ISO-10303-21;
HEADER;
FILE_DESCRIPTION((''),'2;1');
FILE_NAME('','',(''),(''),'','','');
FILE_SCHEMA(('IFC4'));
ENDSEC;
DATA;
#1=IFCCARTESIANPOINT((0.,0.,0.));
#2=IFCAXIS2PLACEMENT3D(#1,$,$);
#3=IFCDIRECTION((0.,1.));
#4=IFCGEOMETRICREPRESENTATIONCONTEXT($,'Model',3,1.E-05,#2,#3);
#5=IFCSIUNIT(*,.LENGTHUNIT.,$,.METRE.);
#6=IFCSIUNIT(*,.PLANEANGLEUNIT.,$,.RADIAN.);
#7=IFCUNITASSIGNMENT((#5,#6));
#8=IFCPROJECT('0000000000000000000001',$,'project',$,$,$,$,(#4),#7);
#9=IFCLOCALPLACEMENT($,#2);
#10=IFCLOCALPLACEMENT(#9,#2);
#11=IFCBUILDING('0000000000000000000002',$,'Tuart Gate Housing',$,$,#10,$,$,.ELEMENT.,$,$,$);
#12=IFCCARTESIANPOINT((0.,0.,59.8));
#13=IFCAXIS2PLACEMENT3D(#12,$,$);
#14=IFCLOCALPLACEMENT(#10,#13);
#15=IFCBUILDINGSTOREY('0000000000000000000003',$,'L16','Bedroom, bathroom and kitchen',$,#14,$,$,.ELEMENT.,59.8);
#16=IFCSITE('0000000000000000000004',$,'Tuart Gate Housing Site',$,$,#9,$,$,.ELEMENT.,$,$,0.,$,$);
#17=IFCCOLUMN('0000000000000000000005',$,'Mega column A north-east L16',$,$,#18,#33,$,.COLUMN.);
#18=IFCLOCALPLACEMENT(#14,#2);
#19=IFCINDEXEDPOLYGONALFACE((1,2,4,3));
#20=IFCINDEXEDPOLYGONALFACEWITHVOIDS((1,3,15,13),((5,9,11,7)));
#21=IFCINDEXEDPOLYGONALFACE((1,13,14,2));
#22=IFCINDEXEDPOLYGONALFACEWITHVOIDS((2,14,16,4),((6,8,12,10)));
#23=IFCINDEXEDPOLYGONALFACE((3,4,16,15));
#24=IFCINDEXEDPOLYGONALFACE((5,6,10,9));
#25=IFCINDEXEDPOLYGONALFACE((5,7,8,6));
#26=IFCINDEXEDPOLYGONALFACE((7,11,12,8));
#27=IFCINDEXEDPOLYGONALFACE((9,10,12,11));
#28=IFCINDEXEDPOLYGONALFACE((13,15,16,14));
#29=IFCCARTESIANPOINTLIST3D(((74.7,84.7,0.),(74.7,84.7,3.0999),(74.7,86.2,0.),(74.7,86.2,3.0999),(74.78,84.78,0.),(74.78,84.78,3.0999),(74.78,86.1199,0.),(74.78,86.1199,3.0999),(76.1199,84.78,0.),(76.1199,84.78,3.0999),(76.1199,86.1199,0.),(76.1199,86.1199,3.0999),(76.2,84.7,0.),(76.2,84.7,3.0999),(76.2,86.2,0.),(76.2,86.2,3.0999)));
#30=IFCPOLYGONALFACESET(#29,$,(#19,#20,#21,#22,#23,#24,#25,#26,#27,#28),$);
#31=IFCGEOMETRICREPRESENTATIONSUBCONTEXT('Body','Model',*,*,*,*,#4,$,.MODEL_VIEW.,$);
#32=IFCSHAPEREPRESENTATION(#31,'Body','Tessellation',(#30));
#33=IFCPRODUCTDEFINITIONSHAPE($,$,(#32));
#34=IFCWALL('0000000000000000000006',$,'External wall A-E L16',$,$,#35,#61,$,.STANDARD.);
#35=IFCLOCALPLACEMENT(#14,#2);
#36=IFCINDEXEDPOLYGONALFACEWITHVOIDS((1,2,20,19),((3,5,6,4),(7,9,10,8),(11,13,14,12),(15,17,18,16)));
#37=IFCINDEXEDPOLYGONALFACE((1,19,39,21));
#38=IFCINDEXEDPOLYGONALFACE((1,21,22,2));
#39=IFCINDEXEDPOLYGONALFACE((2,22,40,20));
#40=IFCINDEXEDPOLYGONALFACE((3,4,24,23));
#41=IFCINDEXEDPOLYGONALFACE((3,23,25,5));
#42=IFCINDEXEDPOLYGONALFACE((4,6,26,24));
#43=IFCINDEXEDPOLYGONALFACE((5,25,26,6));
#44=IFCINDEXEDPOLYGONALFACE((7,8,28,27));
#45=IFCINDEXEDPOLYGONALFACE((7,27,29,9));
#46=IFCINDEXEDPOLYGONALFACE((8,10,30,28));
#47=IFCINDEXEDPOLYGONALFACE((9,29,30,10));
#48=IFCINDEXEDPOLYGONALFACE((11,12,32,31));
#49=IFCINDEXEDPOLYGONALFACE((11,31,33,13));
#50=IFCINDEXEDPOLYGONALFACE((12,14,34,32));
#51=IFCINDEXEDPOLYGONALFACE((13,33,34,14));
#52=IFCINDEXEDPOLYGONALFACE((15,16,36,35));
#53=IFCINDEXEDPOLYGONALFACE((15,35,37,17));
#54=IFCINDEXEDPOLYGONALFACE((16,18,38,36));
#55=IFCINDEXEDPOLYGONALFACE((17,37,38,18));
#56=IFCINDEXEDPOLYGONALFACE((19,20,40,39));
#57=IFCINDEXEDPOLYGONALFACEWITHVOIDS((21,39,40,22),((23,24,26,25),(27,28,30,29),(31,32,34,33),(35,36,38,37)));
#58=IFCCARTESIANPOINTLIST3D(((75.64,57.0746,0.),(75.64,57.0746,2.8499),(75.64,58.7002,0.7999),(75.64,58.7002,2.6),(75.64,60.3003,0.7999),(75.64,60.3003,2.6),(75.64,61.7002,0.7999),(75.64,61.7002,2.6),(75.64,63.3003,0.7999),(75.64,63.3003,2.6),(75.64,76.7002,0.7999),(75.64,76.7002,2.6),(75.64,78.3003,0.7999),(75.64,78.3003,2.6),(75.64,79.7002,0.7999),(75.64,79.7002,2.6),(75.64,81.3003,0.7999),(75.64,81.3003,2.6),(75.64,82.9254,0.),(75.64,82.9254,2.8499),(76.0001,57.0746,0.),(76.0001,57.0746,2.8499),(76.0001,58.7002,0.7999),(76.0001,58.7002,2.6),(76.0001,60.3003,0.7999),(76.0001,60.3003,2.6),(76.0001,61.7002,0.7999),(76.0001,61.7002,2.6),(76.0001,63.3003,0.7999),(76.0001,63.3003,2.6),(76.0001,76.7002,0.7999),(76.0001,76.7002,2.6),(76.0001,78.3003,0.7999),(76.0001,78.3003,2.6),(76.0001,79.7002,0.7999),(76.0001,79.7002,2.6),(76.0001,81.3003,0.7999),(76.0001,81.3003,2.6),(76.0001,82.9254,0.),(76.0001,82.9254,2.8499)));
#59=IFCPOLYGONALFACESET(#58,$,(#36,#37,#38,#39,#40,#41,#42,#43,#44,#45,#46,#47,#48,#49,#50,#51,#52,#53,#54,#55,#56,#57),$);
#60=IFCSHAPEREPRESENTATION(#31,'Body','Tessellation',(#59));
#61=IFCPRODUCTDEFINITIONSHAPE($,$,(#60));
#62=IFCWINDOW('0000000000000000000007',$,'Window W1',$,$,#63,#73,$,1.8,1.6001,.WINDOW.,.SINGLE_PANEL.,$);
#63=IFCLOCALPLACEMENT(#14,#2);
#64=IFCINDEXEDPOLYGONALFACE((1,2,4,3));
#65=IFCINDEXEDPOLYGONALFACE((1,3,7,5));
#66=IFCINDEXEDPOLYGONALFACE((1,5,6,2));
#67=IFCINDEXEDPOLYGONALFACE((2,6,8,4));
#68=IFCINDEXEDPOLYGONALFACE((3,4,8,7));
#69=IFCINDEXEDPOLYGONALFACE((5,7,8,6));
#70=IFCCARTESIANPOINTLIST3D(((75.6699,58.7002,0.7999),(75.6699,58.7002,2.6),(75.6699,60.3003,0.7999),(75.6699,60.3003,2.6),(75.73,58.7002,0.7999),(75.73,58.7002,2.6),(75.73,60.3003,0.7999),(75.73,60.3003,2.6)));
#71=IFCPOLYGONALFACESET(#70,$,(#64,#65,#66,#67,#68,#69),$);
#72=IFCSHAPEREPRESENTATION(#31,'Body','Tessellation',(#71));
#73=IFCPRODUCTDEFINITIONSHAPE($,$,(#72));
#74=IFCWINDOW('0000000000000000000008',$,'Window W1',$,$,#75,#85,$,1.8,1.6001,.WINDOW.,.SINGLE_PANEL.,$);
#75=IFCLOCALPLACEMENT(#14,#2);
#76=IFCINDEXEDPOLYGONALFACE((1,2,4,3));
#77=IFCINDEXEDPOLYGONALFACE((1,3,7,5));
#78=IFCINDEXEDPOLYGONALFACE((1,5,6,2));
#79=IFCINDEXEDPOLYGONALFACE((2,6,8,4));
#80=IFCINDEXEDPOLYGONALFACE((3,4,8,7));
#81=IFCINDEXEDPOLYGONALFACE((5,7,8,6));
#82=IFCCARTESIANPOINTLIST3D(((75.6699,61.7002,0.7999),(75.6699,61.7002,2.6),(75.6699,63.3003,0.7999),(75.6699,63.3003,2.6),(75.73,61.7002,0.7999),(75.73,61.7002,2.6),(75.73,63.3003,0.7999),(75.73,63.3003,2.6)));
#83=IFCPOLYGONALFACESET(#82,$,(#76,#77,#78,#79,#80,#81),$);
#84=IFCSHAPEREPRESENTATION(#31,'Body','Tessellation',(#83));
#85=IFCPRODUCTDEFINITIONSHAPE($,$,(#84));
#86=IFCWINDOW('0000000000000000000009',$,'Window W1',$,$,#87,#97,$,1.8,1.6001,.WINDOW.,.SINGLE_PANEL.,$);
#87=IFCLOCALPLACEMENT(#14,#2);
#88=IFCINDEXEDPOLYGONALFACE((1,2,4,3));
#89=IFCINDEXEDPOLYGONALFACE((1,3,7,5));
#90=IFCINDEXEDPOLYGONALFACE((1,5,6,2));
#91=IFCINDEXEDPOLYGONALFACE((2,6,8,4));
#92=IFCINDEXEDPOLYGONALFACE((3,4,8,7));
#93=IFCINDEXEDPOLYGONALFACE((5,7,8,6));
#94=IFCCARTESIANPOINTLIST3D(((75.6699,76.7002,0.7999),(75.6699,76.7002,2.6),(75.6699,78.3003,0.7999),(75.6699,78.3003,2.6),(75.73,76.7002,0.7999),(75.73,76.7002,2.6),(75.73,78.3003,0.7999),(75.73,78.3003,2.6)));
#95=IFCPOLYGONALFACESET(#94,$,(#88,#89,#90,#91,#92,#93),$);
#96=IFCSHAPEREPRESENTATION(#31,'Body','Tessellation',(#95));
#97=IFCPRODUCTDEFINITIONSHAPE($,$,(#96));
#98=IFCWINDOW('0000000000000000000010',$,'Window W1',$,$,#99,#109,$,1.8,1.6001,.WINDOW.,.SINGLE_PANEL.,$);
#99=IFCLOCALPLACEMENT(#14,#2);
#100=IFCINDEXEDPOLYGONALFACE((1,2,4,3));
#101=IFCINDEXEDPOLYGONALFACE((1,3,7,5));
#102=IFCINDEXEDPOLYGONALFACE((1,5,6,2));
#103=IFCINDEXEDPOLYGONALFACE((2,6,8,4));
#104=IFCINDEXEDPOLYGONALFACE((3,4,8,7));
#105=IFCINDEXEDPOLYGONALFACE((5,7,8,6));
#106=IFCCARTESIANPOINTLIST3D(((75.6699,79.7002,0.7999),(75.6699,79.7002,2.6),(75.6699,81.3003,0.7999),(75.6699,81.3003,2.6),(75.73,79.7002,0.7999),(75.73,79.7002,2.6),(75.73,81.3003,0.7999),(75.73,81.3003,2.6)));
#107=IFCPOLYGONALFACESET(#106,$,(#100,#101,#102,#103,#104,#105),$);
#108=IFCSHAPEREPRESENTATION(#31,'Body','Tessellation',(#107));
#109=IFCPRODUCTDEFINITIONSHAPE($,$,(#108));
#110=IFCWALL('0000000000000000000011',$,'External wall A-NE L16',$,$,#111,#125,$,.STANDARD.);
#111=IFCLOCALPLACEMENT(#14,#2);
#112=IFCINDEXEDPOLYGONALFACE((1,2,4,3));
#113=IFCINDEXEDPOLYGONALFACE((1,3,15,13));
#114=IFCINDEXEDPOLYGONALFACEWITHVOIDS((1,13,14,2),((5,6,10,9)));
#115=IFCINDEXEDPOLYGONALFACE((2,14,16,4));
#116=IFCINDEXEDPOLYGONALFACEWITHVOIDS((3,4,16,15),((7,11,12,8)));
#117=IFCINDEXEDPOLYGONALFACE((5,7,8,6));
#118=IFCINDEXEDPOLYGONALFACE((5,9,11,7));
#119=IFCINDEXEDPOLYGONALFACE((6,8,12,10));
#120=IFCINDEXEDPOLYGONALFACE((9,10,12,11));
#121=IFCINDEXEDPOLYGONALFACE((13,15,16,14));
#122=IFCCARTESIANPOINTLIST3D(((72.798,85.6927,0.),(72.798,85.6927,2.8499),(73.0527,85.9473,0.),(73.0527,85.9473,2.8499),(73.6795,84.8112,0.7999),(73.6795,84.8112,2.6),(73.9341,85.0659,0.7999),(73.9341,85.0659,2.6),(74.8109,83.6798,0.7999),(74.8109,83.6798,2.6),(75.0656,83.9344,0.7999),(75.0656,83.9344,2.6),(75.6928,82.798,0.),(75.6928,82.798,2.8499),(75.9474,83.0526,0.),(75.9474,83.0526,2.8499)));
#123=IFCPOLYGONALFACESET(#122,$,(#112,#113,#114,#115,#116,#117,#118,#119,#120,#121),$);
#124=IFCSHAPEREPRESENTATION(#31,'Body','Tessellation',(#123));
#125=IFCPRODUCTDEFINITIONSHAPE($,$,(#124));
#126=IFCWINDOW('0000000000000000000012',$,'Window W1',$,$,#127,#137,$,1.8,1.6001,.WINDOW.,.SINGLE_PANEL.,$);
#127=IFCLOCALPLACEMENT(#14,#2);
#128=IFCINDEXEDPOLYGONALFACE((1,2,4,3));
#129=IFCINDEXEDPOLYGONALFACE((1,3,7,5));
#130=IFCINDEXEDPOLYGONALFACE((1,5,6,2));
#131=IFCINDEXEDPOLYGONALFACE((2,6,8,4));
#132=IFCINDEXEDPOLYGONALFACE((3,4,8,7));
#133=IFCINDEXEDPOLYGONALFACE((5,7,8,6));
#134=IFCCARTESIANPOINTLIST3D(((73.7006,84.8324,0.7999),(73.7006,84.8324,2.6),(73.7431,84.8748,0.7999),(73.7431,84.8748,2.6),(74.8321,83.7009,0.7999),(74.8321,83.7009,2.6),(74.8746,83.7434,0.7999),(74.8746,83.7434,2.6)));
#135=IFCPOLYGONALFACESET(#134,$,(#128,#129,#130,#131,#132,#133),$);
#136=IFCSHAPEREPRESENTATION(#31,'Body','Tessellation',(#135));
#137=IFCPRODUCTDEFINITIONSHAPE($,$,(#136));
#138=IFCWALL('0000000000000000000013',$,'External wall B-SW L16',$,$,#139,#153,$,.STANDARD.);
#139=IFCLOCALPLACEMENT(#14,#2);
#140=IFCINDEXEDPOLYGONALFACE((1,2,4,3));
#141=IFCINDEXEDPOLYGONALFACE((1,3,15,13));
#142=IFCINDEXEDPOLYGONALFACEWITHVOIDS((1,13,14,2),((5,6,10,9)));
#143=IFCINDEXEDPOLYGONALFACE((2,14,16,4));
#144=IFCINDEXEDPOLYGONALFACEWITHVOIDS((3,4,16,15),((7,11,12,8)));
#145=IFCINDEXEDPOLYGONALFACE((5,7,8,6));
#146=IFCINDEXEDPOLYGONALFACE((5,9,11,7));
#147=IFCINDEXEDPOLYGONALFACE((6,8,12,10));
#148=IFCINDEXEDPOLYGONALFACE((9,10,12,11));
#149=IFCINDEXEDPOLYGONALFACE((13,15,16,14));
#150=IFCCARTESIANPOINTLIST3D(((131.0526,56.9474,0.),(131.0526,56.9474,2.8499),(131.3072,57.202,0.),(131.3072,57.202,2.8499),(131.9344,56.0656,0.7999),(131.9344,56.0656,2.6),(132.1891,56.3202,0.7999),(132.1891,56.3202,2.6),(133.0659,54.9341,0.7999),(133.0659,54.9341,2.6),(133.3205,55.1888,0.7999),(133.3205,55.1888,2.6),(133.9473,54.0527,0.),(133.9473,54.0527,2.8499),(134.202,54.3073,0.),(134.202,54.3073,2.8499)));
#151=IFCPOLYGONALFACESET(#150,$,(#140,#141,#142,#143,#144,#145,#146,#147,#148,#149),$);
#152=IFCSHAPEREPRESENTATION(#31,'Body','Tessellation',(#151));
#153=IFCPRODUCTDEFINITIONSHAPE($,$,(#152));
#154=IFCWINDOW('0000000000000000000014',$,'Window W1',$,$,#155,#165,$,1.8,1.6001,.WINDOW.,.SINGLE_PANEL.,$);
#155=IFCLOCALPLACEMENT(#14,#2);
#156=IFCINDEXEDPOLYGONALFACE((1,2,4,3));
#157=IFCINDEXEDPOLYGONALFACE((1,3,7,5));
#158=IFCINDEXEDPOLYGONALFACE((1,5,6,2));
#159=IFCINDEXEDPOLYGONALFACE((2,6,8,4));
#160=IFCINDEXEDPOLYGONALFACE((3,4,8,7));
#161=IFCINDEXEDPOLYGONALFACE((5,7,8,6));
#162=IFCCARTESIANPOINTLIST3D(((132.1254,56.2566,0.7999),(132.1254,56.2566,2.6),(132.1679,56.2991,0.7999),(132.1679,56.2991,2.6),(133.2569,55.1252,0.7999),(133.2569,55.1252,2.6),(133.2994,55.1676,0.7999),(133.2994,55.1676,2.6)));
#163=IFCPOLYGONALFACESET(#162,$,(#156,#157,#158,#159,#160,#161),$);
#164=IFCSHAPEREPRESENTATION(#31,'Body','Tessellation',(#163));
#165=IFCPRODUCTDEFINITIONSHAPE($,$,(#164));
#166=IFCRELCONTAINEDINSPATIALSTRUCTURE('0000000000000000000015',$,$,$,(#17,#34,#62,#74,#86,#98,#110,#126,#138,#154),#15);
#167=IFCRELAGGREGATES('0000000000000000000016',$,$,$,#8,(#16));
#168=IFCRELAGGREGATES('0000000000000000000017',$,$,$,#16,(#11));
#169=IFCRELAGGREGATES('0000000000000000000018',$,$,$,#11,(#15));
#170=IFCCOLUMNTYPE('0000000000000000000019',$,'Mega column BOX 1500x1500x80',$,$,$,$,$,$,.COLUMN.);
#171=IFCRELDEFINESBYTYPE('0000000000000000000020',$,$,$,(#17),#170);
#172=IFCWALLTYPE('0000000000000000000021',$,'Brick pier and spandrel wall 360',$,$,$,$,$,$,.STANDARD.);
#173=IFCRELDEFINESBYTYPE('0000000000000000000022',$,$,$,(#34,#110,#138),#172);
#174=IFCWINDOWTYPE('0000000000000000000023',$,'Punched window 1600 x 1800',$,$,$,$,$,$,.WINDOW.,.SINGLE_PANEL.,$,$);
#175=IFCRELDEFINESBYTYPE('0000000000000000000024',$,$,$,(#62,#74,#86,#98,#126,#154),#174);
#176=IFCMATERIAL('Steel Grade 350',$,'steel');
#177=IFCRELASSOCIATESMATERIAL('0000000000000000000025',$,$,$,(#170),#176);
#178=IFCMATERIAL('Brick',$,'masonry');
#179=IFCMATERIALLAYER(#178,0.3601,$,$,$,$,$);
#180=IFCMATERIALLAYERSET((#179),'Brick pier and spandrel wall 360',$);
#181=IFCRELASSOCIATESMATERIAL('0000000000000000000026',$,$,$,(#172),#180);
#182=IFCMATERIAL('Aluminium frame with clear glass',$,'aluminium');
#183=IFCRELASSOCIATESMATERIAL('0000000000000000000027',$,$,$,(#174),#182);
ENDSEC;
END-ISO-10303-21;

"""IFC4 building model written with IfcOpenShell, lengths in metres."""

from ifc_helpers import new_model, si_unit, direction, frame, frame_2d, origin, origin_2d, place, context, subcontext, project, spatial, rectangle, hollow_rectangle, extrude, material, layer, layer_set, material_profile, profile_set, type_object, element, fill, save


model = new_model("IFC4")

# Units and contexts
model_context = context("Model", 3, precision=1e-05, world=origin(), true_north=direction((0.0, 1.0)))
body_context = subcontext(model_context, "Body", "Model", "MODEL_VIEW")
ifc_project = project(units=[si_unit("LENGTHUNIT", "METRE"), si_unit("PLANEANGLEUNIT", "RADIAN")], contexts=[model_context])

# Site, building, storey
site_placement = place(None, origin())
site = spatial("IfcSite", under=ifc_project, at=site_placement, Name="Tuart Gate Housing Site", CompositionType="ELEMENT", RefElevation=0.0)
building_placement = place(site_placement, origin())
building = spatial("IfcBuilding", under=site, at=building_placement, Name="Tuart Gate Housing", CompositionType="ELEMENT")
storey_placement = place(building_placement, frame((0.0, 0.0, 59.8)))
storey = spatial("IfcBuildingStorey", under=building, at=storey_placement, Name="L16", Description="Bedroom, bathroom and kitchen", CompositionType="ELEMENT", Elevation=59.8)

# Column
ifc_material_1 = material(Name="Steel Grade 350", Category="steel")
ifc_material_profile = material_profile(ifc_material_1, hollow_rectangle(XDim=1.5, YDim=1.5, WallThickness=0.0801, at=origin_2d()), Name="BOX 1500x1500x80")
ifc_profile_set = profile_set([ifc_material_profile], Name="Steel Grade 350")
column_type = type_object("IfcColumnType", Name="Mega column BOX 1500x1500x80", PredefinedType="COLUMN", material=ifc_profile_set)
column_placement = place(storey_placement, frame((75.45, 85.45, 0.0), z_axis=(0.0, 0.0, 1.0), x_axis=(1.0, 0.0, 0.0)))
element("IfcColumn", 1, at=column_placement, inside=storey, type_object=column_type, Name="Mega column A north-east L16", PredefinedType="COLUMN", context=body_context, shape_type="SweptSolid", body=[
    extrude(hollow_rectangle(XDim=1.5, YDim=1.5, WallThickness=0.0801, at=origin_2d()), origin(), (0.0, 0.0, 1.0), 3.0999),
])

# Wall, openings, windows
ifc_material_2 = material(Name="Brick", Category="masonry")
ifc_layer_1 = layer(ifc_material_2, 0.3601)
ifc_layer_set_1 = layer_set([ifc_layer_1], Name="Brick pier and spandrel wall 360")
wall_type_1 = type_object("IfcWallType", Name="Brick pier and spandrel wall 360", PredefinedType="STANDARD", material=ifc_layer_set_1)
wall_1_placement = place(storey_placement, frame((75.8201, 57.0747, 0.0), z_axis=(0.0, 0.0, 1.0), x_axis=(0.0, 1.0, 0.0)))
wall_1 = element("IfcWall", 2, at=wall_1_placement, inside=storey, type_object=wall_type_1, Name="External wall A-E L16", PredefinedType="STANDARD", context=body_context, shape_type="SweptSolid", body=[
    extrude(rectangle(XDim=25.8508, YDim=0.3601, at=frame_2d((12.9253, 0.0))), origin(), (0.0, 0.0, 1.0), 2.8499),
])
opening_1_placement = place(wall_1_placement, frame((1.6255, 0.0, 0.8)))
opening_1 = element("IfcOpeningElement", 3, at=opening_1_placement, cuts=wall_1, PredefinedType="OPENING", context=body_context, shape_type="SweptSolid", body=[
    extrude(rectangle(XDim=1.6001, YDim=1.8, at=frame_2d((0.8, 0.8999))), frame((0.0, 0.1899, 0.0), z_axis=(0.0, -1.0, 0.0), x_axis=(1.0, 0.0, 0.0)), (0.0, 0.0, 1.0), 0.3801),
])
opening_2_placement = place(wall_1_placement, frame((4.6255, 0.0, 0.8)))
opening_2 = element("IfcOpeningElement", 4, at=opening_2_placement, cuts=wall_1, PredefinedType="OPENING", context=body_context, shape_type="SweptSolid", body=[
    extrude(rectangle(XDim=1.6001, YDim=1.8, at=frame_2d((0.8, 0.8999))), frame((0.0, 0.1899, 0.0), z_axis=(0.0, -1.0, 0.0), x_axis=(1.0, 0.0, 0.0)), (0.0, 0.0, 1.0), 0.3801),
])
opening_3_placement = place(wall_1_placement, frame((19.6255, 0.0, 0.8)))
opening_3 = element("IfcOpeningElement", 5, at=opening_3_placement, cuts=wall_1, PredefinedType="OPENING", context=body_context, shape_type="SweptSolid", body=[
    extrude(rectangle(XDim=1.6001, YDim=1.8, at=frame_2d((0.8, 0.8999))), frame((0.0, 0.1899, 0.0), z_axis=(0.0, -1.0, 0.0), x_axis=(1.0, 0.0, 0.0)), (0.0, 0.0, 1.0), 0.3801),
])
opening_4_placement = place(wall_1_placement, frame((22.6255, 0.0, 0.8)))
opening_4 = element("IfcOpeningElement", 6, at=opening_4_placement, cuts=wall_1, PredefinedType="OPENING", context=body_context, shape_type="SweptSolid", body=[
    extrude(rectangle(XDim=1.6001, YDim=1.8, at=frame_2d((0.8, 0.8999))), frame((0.0, 0.1899, 0.0), z_axis=(0.0, -1.0, 0.0), x_axis=(1.0, 0.0, 0.0)), (0.0, 0.0, 1.0), 0.3801),
])
ifc_material_3 = material(Name="Aluminium frame with clear glass", Category="aluminium")
window_type = type_object("IfcWindowType", Name="Punched window 1600 x 1800", PartitioningType="SINGLE_PANEL", PredefinedType="WINDOW", material=ifc_material_3)
window_1_placement = place(opening_1_placement, origin())
window_1 = element("IfcWindow", 7, at=window_1_placement, inside=storey, type_object=window_type, Name="Window W1", OverallHeight=1.8, OverallWidth=1.6001, PartitioningType="SINGLE_PANEL", PredefinedType="WINDOW", context=body_context, shape_type="SweptSolid", body=[
    extrude(rectangle(XDim=1.6001, YDim=1.8, at=frame_2d((0.8, 0.8999))), frame((0.0, 0.1501, 0.0), z_axis=(0.0, -1.0, 0.0), x_axis=(1.0, 0.0, 0.0)), (0.0, 0.0, 1.0), 0.0601),
])
fill(opening_1, window_1)
window_2_placement = place(opening_2_placement, origin())
window_2 = element("IfcWindow", 8, at=window_2_placement, inside=storey, type_object=window_type, Name="Window W1", OverallHeight=1.8, OverallWidth=1.6001, PartitioningType="SINGLE_PANEL", PredefinedType="WINDOW", context=body_context, shape_type="SweptSolid", body=[
    extrude(rectangle(XDim=1.6001, YDim=1.8, at=frame_2d((0.8, 0.8999))), frame((0.0, 0.1501, 0.0), z_axis=(0.0, -1.0, 0.0), x_axis=(1.0, 0.0, 0.0)), (0.0, 0.0, 1.0), 0.0601),
])
fill(opening_2, window_2)
window_3_placement = place(opening_3_placement, origin())
window_3 = element("IfcWindow", 9, at=window_3_placement, inside=storey, type_object=window_type, Name="Window W1", OverallHeight=1.8, OverallWidth=1.6001, PartitioningType="SINGLE_PANEL", PredefinedType="WINDOW", context=body_context, shape_type="SweptSolid", body=[
    extrude(rectangle(XDim=1.6001, YDim=1.8, at=frame_2d((0.8, 0.8999))), frame((0.0, 0.1501, 0.0), z_axis=(0.0, -1.0, 0.0), x_axis=(1.0, 0.0, 0.0)), (0.0, 0.0, 1.0), 0.0601),
])
fill(opening_3, window_3)
window_4_placement = place(opening_4_placement, origin())
window_4 = element("IfcWindow", 10, at=window_4_placement, inside=storey, type_object=window_type, Name="Window W1", OverallHeight=1.8, OverallWidth=1.6001, PartitioningType="SINGLE_PANEL", PredefinedType="WINDOW", context=body_context, shape_type="SweptSolid", body=[
    extrude(rectangle(XDim=1.6001, YDim=1.8, at=frame_2d((0.8, 0.8999))), frame((0.0, 0.1501, 0.0), z_axis=(0.0, -1.0, 0.0), x_axis=(1.0, 0.0, 0.0)), (0.0, 0.0, 1.0), 0.0601),
])
fill(opening_4, window_4)

# Walls, openings, windows
wall_2_placement = place(storey_placement, frame((75.8201, 82.9253, 0.0), z_axis=(0.0, 0.0, 1.0), x_axis=(-0.707107, 0.707107, 0.0)))
wall_2 = element("IfcWall", 11, at=wall_2_placement, inside=storey, type_object=wall_type_1, Name="External wall A-NE L16", PredefinedType="STANDARD", context=body_context, shape_type="SweptSolid", body=[
    extrude(rectangle(XDim=4.0938, YDim=0.3601, at=frame_2d((2.0469, 0.0))), origin(), (0.0, 0.0, 1.0), 2.8499),
])
opening_5_placement = place(wall_2_placement, frame((1.2471, 0.0, 0.8)))
opening_5 = element("IfcOpeningElement", 12, at=opening_5_placement, cuts=wall_2, PredefinedType="OPENING", context=body_context, shape_type="SweptSolid", body=[
    extrude(rectangle(XDim=1.6001, YDim=1.8, at=frame_2d((0.8, 0.8999))), frame((0.0, 0.1899, 0.0), z_axis=(0.0, -1.0, 0.0), x_axis=(1.0, 0.0, 0.0)), (0.0, 0.0, 1.0), 0.3801),
])
window_5_placement = place(opening_5_placement, origin())
window_5 = element("IfcWindow", 13, at=window_5_placement, inside=storey, type_object=window_type, Name="Window W1", OverallHeight=1.8, OverallWidth=1.6001, PartitioningType="SINGLE_PANEL", PredefinedType="WINDOW", context=body_context, shape_type="SweptSolid", body=[
    extrude(rectangle(XDim=1.6001, YDim=1.8, at=frame_2d((0.8, 0.8999))), frame((0.0, 0.1501, 0.0), z_axis=(0.0, -1.0, 0.0), x_axis=(1.0, 0.0, 0.0)), (0.0, 0.0, 1.0), 0.0601),
])
fill(opening_5, window_5)
wall_3_placement = place(storey_placement, frame((131.1799, 57.0747, 0.0), z_axis=(0.0, 0.0, 1.0), x_axis=(0.707107, -0.707107, 0.0)))
wall_3 = element("IfcWall", 14, at=wall_3_placement, inside=storey, type_object=wall_type_1, Name="External wall B-SW L16", PredefinedType="STANDARD", context=body_context, shape_type="SweptSolid", body=[
    extrude(rectangle(XDim=4.0938, YDim=0.3601, at=frame_2d((2.0469, 0.0))), origin(), (0.0, 0.0, 1.0), 2.8499),
])
opening_6_placement = place(wall_3_placement, frame((1.2471, 0.0, 0.8)))
opening_6 = element("IfcOpeningElement", 15, at=opening_6_placement, cuts=wall_3, PredefinedType="OPENING", context=body_context, shape_type="SweptSolid", body=[
    extrude(rectangle(XDim=1.6001, YDim=1.8, at=frame_2d((0.8, 0.8999))), frame((0.0, 0.1899, 0.0), z_axis=(0.0, -1.0, 0.0), x_axis=(1.0, 0.0, 0.0)), (0.0, 0.0, 1.0), 0.3801),
])
window_6_placement = place(opening_6_placement, origin())
window_6 = element("IfcWindow", 16, at=window_6_placement, inside=storey, type_object=window_type, Name="Window W1", OverallHeight=1.8, OverallWidth=1.6001, PartitioningType="SINGLE_PANEL", PredefinedType="WINDOW", context=body_context, shape_type="SweptSolid", body=[
    extrude(rectangle(XDim=1.6001, YDim=1.8, at=frame_2d((0.8, 0.8999))), frame((0.0, 0.1501, 0.0), z_axis=(0.0, -1.0, 0.0), x_axis=(1.0, 0.0, 0.0)), (0.0, 0.0, 1.0), 0.0601),
])
fill(opening_6, window_6)

save(model, "model.ifc")
